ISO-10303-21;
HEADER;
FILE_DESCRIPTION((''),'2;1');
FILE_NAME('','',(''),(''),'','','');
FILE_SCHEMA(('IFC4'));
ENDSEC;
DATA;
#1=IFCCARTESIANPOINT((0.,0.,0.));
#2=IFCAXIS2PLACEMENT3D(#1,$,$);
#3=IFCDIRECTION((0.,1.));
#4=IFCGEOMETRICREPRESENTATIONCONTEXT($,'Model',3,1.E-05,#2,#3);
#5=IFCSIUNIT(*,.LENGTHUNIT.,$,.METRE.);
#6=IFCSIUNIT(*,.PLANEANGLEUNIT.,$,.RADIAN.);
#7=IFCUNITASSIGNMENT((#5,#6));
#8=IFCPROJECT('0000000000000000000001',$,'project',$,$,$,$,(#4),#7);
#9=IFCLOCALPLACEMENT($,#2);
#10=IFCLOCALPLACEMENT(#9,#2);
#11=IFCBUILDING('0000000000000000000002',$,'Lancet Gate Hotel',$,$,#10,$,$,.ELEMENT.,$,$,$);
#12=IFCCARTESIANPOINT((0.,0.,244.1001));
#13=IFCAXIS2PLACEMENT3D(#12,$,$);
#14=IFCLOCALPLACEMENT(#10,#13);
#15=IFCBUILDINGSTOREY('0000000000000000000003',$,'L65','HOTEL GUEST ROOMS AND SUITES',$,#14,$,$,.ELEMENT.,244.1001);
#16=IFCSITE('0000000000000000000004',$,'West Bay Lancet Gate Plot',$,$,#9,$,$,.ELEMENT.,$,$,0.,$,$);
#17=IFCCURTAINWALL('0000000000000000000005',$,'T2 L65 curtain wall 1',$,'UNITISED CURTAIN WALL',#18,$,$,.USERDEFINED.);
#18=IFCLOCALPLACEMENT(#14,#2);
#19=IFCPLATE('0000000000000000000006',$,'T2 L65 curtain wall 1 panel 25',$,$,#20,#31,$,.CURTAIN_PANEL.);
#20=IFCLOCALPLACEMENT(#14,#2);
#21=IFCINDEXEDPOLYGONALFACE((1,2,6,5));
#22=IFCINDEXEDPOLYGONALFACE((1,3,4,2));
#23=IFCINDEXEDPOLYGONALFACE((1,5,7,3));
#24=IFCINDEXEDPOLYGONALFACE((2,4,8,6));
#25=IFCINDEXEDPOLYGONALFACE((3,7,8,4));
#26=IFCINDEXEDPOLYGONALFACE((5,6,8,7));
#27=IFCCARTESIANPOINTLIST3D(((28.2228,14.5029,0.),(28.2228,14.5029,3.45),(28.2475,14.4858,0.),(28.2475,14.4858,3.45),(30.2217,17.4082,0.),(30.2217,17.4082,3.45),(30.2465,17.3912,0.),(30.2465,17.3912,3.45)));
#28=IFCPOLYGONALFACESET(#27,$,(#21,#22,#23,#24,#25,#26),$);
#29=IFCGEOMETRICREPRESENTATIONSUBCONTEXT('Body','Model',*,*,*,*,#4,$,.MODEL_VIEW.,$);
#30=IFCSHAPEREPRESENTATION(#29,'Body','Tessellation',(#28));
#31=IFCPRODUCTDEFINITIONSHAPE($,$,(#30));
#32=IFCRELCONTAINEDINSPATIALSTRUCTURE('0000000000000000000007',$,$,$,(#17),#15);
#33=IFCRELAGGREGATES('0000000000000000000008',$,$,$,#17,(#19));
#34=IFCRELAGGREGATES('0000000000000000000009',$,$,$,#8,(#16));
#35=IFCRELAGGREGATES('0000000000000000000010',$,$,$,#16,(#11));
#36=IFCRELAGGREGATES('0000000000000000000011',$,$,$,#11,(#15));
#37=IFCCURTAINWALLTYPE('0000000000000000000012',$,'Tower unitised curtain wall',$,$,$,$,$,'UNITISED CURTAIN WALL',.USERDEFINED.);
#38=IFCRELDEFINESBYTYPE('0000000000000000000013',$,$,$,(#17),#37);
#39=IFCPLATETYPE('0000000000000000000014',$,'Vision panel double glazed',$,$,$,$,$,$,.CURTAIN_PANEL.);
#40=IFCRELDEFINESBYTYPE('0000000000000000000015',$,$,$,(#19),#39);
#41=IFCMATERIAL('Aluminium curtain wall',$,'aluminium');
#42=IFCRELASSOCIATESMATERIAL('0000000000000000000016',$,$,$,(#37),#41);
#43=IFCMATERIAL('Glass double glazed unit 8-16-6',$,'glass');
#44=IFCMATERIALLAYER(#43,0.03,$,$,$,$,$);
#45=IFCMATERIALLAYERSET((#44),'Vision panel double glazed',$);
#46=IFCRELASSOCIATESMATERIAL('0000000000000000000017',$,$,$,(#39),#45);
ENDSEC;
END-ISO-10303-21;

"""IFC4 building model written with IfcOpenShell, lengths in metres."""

from ifc_helpers import new_model, si_unit, direction, frame, origin, origin_2d, place, context, subcontext, project, spatial, rectangle, extrude, material, layer, layer_set, type_object, element, aggregate, save


model = new_model("IFC4")

# Units and contexts
model_context = context("Model", 3, precision=1e-05, world=origin(), true_north=direction((0.0, 1.0)))
body_context = subcontext(model_context, "Body", "Model", "MODEL_VIEW")
ifc_project = project(units=[si_unit("LENGTHUNIT", "METRE"), si_unit("PLANEANGLEUNIT", "RADIAN")], contexts=[model_context])

# Site, building, storey
site_placement = place(None, origin())
site = spatial("IfcSite", under=ifc_project, at=site_placement, Name="West Bay Lancet Gate Plot", CompositionType="ELEMENT", RefElevation=0.0)
building_placement = place(site_placement, origin())
building = spatial("IfcBuilding", under=site, at=building_placement, Name="Lancet Gate Hotel", CompositionType="ELEMENT")
storey_placement = place(building_placement, frame((0.0, 0.0, 244.1001)))
storey = spatial("IfcBuildingStorey", under=building, at=storey_placement, Name="L65", Description="HOTEL GUEST ROOMS AND SUITES", CompositionType="ELEMENT", Elevation=244.1001)

# Curtain wall
ifc_material_1 = material(Name="Aluminium curtain wall", Category="aluminium")
curtain_wall_type = type_object("IfcCurtainWallType", Name="Tower unitised curtain wall", ElementType="UNITISED CURTAIN WALL", PredefinedType="USERDEFINED", material=ifc_material_1)
curtain_wall_placement = place(storey_placement, origin())
curtain_wall = element("IfcCurtainWall", 1, at=curtain_wall_placement, inside=storey, type_object=curtain_wall_type, Name="T2 L65 curtain wall 1", ObjectType="UNITISED CURTAIN WALL", PredefinedType="USERDEFINED")

# Plate
ifc_material_2 = material(Name="Glass double glazed unit 8-16-6", Category="glass")
ifc_layer = layer(ifc_material_2, 0.03)
ifc_layer_set = layer_set([ifc_layer], Name="Vision panel double glazed")
plate_type = type_object("IfcPlateType", Name="Vision panel double glazed", PredefinedType="CURTAIN_PANEL", material=ifc_layer_set)
plate_1_placement = place(storey_placement, frame((29.2346, 15.947, 0.0), z_axis=(0.0, 0.0, 1.0), x_axis=(-0.566824, -0.823839, 0.0)))
plate_1 = element("IfcPlate", 2, at=plate_1_placement, type_object=plate_type, Name="T2 L65 curtain wall 1 panel 25", PredefinedType="CURTAIN_PANEL", context=body_context, shape_type="SweptSolid", body=[
    extrude(rectangle(XDim=3.5266, YDim=0.03, at=origin_2d()), origin(), (0.0, 0.0, 1.0), 3.45),
])
aggregate(curtain_wall, [plate_1])

save(model, "model.ifc")
